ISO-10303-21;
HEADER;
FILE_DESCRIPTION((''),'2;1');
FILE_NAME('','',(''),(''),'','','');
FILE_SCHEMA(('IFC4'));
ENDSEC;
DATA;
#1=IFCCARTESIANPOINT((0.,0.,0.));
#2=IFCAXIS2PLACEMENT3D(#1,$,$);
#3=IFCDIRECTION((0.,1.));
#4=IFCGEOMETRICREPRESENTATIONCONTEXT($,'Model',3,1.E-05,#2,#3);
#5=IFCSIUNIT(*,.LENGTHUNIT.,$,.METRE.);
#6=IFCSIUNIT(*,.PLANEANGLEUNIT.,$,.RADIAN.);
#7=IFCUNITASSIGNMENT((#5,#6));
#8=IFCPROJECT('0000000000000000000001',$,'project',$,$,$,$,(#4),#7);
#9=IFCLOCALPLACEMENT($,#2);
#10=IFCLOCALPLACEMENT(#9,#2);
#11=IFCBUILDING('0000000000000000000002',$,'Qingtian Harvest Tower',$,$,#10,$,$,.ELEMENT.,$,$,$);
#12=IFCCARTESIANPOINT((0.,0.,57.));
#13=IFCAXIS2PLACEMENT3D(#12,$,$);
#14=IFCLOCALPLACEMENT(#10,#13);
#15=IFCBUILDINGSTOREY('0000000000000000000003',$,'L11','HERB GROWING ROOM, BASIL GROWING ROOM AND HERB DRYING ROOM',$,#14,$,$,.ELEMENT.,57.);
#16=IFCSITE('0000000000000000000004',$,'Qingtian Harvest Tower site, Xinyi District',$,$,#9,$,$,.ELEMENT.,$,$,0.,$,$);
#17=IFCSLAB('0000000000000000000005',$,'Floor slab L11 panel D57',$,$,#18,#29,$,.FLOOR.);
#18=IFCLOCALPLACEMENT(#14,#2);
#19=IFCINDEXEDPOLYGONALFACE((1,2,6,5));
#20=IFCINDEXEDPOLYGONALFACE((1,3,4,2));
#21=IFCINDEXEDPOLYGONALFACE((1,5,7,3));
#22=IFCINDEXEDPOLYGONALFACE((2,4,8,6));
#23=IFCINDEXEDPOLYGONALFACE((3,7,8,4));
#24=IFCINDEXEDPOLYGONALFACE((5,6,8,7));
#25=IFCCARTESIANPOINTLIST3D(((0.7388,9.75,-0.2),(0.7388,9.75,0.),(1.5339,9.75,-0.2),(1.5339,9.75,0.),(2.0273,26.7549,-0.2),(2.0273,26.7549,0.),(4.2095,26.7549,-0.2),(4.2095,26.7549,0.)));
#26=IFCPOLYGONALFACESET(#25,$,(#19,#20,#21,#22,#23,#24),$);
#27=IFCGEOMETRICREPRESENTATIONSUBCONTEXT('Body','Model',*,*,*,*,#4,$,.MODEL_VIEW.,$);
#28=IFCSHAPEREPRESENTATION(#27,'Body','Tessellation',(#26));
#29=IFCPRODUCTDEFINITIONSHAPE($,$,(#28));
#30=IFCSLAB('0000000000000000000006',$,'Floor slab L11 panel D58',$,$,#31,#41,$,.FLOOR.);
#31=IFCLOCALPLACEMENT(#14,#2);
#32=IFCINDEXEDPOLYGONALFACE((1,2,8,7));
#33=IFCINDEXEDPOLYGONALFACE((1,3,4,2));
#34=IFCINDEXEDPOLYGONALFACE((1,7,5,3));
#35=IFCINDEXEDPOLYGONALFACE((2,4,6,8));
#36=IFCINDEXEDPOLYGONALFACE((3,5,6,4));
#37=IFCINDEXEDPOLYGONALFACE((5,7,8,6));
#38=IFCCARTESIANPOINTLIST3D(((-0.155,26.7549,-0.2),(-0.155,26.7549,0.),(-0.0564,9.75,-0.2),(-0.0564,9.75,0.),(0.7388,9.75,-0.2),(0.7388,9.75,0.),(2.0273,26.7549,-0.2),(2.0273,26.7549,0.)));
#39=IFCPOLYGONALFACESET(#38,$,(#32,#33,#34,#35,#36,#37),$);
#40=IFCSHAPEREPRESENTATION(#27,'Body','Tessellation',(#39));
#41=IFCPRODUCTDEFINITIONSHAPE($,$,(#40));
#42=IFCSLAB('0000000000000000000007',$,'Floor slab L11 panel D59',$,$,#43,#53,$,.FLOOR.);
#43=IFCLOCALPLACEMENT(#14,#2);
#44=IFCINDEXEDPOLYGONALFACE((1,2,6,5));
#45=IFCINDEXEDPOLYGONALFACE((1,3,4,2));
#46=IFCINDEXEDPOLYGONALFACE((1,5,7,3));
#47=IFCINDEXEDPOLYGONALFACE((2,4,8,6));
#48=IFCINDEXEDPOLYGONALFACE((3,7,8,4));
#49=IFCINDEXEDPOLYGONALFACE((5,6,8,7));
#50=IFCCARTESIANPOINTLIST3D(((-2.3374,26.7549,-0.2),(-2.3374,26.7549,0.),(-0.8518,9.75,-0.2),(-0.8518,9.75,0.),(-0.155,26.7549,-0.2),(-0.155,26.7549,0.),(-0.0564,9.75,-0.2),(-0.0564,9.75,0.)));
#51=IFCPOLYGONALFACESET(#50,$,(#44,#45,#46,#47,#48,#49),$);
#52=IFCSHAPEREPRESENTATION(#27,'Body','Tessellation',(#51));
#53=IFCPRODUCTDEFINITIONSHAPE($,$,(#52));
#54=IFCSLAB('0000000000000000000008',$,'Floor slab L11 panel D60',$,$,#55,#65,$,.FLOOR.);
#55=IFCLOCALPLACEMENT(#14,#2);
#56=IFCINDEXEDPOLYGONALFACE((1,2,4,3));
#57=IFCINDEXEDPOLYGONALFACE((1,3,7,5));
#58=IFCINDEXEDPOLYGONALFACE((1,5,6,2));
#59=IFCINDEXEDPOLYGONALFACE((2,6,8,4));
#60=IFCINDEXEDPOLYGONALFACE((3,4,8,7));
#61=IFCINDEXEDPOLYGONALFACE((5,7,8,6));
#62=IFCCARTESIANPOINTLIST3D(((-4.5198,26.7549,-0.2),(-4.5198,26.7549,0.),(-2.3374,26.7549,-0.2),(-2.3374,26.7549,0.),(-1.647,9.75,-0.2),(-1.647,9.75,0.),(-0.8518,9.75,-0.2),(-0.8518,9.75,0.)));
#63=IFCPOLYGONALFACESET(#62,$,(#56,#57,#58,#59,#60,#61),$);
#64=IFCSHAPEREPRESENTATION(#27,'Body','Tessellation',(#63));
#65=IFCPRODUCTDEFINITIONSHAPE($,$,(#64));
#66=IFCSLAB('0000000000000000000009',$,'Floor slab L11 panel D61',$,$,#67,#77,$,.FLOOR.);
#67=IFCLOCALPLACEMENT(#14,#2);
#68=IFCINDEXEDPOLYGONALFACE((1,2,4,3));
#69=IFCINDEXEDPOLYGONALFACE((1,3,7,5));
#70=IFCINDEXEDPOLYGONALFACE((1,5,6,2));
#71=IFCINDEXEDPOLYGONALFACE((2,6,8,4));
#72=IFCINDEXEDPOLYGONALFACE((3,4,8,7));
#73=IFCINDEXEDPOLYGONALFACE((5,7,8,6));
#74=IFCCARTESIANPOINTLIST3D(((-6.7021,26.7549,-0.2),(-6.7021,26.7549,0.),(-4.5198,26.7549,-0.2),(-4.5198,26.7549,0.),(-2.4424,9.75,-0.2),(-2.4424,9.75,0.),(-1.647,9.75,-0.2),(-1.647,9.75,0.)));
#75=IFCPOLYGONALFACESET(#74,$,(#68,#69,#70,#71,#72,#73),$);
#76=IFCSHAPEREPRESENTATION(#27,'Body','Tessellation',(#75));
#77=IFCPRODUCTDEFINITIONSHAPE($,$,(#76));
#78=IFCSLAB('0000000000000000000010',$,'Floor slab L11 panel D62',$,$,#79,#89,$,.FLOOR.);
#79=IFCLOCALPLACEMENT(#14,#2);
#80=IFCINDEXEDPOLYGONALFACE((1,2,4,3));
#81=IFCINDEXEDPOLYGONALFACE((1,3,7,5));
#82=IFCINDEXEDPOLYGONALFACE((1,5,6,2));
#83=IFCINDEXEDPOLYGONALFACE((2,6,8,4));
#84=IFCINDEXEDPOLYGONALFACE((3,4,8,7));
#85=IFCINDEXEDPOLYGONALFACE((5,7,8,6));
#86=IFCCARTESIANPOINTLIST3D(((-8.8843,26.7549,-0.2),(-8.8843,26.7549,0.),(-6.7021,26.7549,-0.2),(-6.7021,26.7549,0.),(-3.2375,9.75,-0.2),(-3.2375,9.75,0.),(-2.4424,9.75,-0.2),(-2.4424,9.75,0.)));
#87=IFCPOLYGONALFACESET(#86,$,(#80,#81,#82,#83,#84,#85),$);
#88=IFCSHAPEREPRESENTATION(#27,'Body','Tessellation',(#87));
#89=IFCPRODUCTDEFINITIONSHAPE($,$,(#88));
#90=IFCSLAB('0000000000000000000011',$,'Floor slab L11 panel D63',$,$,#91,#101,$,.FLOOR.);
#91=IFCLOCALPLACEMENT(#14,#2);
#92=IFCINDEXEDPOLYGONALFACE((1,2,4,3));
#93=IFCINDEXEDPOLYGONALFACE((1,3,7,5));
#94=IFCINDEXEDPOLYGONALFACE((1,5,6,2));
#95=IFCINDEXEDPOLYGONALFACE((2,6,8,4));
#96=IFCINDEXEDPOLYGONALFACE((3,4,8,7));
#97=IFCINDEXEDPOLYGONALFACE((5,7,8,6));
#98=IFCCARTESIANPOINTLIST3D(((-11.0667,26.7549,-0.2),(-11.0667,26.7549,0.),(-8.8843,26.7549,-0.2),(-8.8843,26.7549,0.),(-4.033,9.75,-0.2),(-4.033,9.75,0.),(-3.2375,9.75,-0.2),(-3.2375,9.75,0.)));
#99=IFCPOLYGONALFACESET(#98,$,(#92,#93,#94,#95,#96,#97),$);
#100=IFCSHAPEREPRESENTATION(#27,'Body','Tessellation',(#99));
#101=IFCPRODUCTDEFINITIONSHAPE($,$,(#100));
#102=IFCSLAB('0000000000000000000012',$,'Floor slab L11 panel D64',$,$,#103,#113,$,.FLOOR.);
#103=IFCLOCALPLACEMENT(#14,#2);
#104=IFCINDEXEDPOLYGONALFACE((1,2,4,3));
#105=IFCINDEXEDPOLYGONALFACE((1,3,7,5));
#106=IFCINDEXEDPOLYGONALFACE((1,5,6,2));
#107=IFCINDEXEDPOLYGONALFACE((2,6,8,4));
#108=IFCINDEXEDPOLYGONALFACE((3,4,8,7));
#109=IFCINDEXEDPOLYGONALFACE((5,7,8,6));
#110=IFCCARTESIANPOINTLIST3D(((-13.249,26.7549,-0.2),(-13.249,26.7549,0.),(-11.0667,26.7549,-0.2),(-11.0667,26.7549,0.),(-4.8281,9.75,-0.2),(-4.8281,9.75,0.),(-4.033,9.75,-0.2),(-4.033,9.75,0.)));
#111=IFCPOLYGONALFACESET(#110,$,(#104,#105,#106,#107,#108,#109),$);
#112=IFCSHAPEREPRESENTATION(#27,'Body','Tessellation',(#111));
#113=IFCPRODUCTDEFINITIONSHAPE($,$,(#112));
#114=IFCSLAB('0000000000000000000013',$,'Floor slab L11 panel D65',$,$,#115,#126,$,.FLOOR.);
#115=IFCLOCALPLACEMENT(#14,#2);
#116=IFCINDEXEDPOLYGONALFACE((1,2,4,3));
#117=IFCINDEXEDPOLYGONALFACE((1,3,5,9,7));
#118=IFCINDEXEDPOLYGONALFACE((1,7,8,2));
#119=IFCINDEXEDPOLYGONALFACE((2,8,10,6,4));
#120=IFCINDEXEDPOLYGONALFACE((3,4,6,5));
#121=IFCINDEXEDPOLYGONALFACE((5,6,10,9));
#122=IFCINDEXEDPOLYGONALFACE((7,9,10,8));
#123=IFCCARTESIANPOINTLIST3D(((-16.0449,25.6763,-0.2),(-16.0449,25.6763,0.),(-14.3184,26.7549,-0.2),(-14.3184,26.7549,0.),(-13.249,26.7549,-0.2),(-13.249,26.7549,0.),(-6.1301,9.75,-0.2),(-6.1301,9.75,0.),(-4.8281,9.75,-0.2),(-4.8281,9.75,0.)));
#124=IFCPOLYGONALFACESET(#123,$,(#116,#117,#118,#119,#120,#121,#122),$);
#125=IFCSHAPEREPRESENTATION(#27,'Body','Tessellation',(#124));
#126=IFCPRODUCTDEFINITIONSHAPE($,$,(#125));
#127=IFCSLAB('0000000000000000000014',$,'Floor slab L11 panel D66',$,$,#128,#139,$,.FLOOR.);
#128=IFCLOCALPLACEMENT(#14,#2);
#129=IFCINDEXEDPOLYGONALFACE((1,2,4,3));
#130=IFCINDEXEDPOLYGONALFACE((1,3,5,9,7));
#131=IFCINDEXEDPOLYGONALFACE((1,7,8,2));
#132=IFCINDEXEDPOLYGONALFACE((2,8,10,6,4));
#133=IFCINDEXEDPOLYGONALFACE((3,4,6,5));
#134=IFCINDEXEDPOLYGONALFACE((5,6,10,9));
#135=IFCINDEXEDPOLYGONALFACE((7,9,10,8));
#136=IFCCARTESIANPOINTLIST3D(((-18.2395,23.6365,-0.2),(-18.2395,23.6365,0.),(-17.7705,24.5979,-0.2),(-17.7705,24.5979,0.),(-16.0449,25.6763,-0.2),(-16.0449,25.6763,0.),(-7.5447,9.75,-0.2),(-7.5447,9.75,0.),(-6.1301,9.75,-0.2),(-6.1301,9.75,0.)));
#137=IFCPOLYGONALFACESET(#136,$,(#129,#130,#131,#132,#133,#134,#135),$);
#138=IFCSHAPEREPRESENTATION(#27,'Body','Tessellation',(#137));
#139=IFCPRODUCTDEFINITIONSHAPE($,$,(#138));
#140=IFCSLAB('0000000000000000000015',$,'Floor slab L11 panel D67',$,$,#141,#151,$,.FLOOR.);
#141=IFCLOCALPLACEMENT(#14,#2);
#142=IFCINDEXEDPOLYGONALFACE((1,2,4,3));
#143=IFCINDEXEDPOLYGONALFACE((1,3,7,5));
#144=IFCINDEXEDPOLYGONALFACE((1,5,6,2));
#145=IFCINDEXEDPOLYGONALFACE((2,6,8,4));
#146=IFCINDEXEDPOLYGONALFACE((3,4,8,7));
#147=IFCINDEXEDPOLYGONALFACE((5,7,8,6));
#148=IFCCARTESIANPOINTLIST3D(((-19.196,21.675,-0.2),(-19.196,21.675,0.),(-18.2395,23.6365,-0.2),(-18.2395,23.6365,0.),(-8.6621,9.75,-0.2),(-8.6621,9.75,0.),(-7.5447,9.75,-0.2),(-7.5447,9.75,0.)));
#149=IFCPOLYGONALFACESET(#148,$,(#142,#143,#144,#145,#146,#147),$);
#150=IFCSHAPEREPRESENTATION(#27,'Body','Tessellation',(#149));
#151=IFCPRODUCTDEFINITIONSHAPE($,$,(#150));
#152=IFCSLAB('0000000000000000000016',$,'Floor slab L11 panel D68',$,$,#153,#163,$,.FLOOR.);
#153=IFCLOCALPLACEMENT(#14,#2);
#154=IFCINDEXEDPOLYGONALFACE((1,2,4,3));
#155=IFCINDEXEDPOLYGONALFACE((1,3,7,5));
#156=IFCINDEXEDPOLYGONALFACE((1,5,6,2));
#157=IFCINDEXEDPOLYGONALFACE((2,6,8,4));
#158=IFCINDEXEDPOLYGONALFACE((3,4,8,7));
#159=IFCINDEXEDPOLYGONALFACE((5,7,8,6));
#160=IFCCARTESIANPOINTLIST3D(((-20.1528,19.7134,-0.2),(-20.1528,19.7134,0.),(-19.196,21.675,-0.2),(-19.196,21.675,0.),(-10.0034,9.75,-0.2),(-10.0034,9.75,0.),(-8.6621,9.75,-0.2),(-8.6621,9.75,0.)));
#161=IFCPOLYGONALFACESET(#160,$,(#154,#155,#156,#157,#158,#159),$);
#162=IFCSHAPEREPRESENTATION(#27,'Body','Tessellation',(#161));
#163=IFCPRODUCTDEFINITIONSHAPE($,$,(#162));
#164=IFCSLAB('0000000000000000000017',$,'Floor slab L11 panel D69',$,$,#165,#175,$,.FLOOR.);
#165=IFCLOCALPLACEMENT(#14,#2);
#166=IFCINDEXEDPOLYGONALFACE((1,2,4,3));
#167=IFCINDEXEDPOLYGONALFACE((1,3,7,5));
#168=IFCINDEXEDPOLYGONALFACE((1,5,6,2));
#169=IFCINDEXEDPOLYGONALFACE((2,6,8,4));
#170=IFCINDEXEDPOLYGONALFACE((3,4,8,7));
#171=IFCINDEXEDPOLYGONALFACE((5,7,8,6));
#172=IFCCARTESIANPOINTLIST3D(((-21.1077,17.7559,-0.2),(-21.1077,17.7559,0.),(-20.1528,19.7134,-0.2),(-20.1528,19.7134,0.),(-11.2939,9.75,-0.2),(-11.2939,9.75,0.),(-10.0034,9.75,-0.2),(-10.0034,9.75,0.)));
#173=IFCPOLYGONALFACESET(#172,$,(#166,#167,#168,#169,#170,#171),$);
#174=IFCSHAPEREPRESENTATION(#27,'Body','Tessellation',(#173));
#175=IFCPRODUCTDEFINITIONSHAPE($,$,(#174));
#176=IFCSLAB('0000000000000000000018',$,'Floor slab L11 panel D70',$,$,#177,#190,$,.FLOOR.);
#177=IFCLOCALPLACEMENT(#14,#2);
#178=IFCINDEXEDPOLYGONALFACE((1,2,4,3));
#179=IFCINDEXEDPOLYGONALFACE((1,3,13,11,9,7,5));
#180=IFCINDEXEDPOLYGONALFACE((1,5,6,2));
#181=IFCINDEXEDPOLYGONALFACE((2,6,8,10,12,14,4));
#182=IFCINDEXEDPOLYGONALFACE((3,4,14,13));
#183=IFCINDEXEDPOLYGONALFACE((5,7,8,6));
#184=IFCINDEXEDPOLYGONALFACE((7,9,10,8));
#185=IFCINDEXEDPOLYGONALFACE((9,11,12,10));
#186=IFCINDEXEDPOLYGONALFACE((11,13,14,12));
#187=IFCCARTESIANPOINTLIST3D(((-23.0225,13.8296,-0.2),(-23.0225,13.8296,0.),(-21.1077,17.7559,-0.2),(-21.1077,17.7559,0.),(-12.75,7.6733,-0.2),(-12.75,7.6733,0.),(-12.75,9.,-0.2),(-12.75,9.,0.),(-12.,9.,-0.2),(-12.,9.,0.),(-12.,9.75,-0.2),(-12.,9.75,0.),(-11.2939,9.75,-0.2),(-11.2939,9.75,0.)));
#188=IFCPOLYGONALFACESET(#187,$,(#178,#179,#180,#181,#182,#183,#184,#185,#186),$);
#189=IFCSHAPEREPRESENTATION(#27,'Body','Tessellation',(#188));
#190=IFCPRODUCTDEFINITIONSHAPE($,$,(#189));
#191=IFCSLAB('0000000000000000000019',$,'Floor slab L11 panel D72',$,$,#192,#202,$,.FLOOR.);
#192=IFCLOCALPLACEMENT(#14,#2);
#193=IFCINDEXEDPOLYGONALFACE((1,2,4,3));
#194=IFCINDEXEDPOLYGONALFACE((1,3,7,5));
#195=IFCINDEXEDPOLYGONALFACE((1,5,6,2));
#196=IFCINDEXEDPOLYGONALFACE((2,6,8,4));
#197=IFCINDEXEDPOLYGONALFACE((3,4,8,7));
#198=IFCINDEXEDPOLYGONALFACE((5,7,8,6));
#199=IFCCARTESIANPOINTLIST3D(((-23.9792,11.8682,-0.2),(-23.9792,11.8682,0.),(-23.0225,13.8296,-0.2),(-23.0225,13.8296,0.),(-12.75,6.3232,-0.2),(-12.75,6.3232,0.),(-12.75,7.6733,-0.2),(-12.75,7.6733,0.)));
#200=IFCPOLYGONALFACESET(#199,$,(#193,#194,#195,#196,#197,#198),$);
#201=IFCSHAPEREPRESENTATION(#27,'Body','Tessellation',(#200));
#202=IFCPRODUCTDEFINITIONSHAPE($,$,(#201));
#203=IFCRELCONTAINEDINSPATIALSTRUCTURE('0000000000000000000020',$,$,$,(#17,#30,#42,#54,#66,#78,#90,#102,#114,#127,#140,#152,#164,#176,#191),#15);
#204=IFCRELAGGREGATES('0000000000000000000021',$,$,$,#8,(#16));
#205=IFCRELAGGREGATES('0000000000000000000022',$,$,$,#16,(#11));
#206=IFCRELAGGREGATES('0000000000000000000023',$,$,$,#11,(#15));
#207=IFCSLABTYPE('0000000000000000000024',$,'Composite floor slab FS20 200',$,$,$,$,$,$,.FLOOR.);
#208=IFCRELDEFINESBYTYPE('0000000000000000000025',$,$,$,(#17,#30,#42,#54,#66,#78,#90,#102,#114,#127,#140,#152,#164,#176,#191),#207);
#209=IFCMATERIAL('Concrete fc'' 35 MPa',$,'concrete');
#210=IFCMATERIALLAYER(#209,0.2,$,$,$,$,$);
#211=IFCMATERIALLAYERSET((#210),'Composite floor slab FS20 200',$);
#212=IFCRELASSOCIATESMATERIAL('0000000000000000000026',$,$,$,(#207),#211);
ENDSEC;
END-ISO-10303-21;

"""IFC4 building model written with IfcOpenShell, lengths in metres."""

from ifc_helpers import new_model, si_unit, direction, frame, origin, place, context, subcontext, project, spatial, polyline, outline, extrude, material, layer, layer_set, type_object, element, save


model = new_model("IFC4")

# Units and contexts
model_context = context("Model", 3, precision=1e-05, world=origin(), true_north=direction((0.0, 1.0)))
body_context = subcontext(model_context, "Body", "Model", "MODEL_VIEW")
ifc_project = project(units=[si_unit("LENGTHUNIT", "METRE"), si_unit("PLANEANGLEUNIT", "RADIAN")], contexts=[model_context])

# Site, building, storey
site_placement = place(None, origin())
site = spatial("IfcSite", under=ifc_project, at=site_placement, Name="Qingtian Harvest Tower site, Xinyi District", CompositionType="ELEMENT", RefElevation=0.0)
building_placement = place(site_placement, origin())
building = spatial("IfcBuilding", under=site, at=building_placement, Name="Qingtian Harvest Tower", CompositionType="ELEMENT")
storey_placement = place(building_placement, frame((0.0, 0.0, 57.0)))
storey = spatial("IfcBuildingStorey", under=building, at=storey_placement, Name="L11", Description="HERB GROWING ROOM, BASIL GROWING ROOM AND HERB DRYING ROOM", CompositionType="ELEMENT", Elevation=57.0)

# Slabs
ifc_material_1 = material(Name="Concrete fc' 35 MPa", Category="concrete")
ifc_layer_1 = layer(ifc_material_1, 0.2)
ifc_layer_set_1 = layer_set([ifc_layer_1], Name="Composite floor slab FS20 200")
slab_type = type_object("IfcSlabType", Name="Composite floor slab FS20 200", PredefinedType="FLOOR", material=ifc_layer_set_1)
slab_1_placement = place(storey_placement, frame((0.0, 0.0, -0.2)))
element("IfcSlab", 1, at=slab_1_placement, inside=storey, type_object=slab_type, Name="Floor slab L11 panel D57", PredefinedType="FLOOR", context=body_context, shape_type="SweptSolid", body=[
    extrude(outline(polyline([(0.7388, 9.75), (2.0273, 26.7549), (4.2095, 26.7549), (1.5339, 9.75), (0.7388, 9.75)])), origin(), (0.0, 0.0, 1.0), 0.2),
])
slab_2_placement = place(storey_placement, frame((0.0, 0.0, -0.2)))
element("IfcSlab", 2, at=slab_2_placement, inside=storey, type_object=slab_type, Name="Floor slab L11 panel D58", PredefinedType="FLOOR", context=body_context, shape_type="SweptSolid", body=[
    extrude(outline(polyline([(-0.0564, 9.75), (-0.155, 26.7549), (2.0273, 26.7549), (0.7388, 9.75), (-0.0564, 9.75)])), origin(), (0.0, 0.0, 1.0), 0.2),
])
slab_3_placement = place(storey_placement, frame((0.0, 0.0, -0.2)))
element("IfcSlab", 3, at=slab_3_placement, inside=storey, type_object=slab_type, Name="Floor slab L11 panel D59", PredefinedType="FLOOR", context=body_context, shape_type="SweptSolid", body=[
    extrude(outline(polyline([(-0.8518, 9.75), (-2.3374, 26.7549), (-0.155, 26.7549), (-0.0564, 9.75), (-0.8518, 9.75)])), origin(), (0.0, 0.0, 1.0), 0.2),
])
slab_4_placement = place(storey_placement, frame((0.0, 0.0, -0.2)))
element("IfcSlab", 4, at=slab_4_placement, inside=storey, type_object=slab_type, Name="Floor slab L11 panel D60", PredefinedType="FLOOR", context=body_context, shape_type="SweptSolid", body=[
    extrude(outline(polyline([(-1.647, 9.75), (-4.5198, 26.7549), (-2.3374, 26.7549), (-0.8518, 9.75), (-1.647, 9.75)])), origin(), (0.0, 0.0, 1.0), 0.2),
])
slab_5_placement = place(storey_placement, frame((0.0, 0.0, -0.2)))
element("IfcSlab", 5, at=slab_5_placement, inside=storey, type_object=slab_type, Name="Floor slab L11 panel D61", PredefinedType="FLOOR", context=body_context, shape_type="SweptSolid", body=[
    extrude(outline(polyline([(-2.4424, 9.75), (-6.7021, 26.7549), (-4.5198, 26.7549), (-1.647, 9.75), (-2.4424, 9.75)])), origin(), (0.0, 0.0, 1.0), 0.2),
])
slab_6_placement = place(storey_placement, frame((0.0, 0.0, -0.2)))
element("IfcSlab", 6, at=slab_6_placement, inside=storey, type_object=slab_type, Name="Floor slab L11 panel D62", PredefinedType="FLOOR", context=body_context, shape_type="SweptSolid", body=[
    extrude(outline(polyline([(-3.2375, 9.75), (-8.8843, 26.7549), (-6.7021, 26.7549), (-2.4424, 9.75), (-3.2375, 9.75)])), origin(), (0.0, 0.0, 1.0), 0.2),
])
slab_7_placement = place(storey_placement, frame((0.0, 0.0, -0.2)))
element("IfcSlab", 7, at=slab_7_placement, inside=storey, type_object=slab_type, Name="Floor slab L11 panel D63", PredefinedType="FLOOR", context=body_context, shape_type="SweptSolid", body=[
    extrude(outline(polyline([(-4.033, 9.75), (-11.0667, 26.7549), (-8.8843, 26.7549), (-3.2375, 9.75), (-4.033, 9.75)])), origin(), (0.0, 0.0, 1.0), 0.2),
])
slab_8_placement = place(storey_placement, frame((0.0, 0.0, -0.2)))
element("IfcSlab", 8, at=slab_8_placement, inside=storey, type_object=slab_type, Name="Floor slab L11 panel D64", PredefinedType="FLOOR", context=body_context, shape_type="SweptSolid", body=[
    extrude(outline(polyline([(-4.8281, 9.75), (-13.249, 26.7549), (-11.0667, 26.7549), (-4.033, 9.75), (-4.8281, 9.75)])), origin(), (0.0, 0.0, 1.0), 0.2),
])
slab_9_placement = place(storey_placement, frame((0.0, 0.0, -0.2)))
element("IfcSlab", 9, at=slab_9_placement, inside=storey, type_object=slab_type, Name="Floor slab L11 panel D65", PredefinedType="FLOOR", context=body_context, shape_type="SweptSolid", body=[
    extrude(outline(polyline([(-4.8281, 9.75), (-6.1301, 9.75), (-16.0449, 25.6763), (-14.3184, 26.7549), (-13.249, 26.7549), (-4.8281, 9.75)])), origin(), (0.0, 0.0, 1.0), 0.2),
])
slab_10_placement = place(storey_placement, frame((0.0, 0.0, -0.2)))
element("IfcSlab", 10, at=slab_10_placement, inside=storey, type_object=slab_type, Name="Floor slab L11 panel D66", PredefinedType="FLOOR", context=body_context, shape_type="SweptSolid", body=[
    extrude(outline(polyline([(-6.1301, 9.75), (-7.5447, 9.75), (-18.2395, 23.6365), (-17.7705, 24.5979), (-16.0449, 25.6763), (-6.1301, 9.75)])), origin(), (0.0, 0.0, 1.0), 0.2),
])
slab_11_placement = place(storey_placement, frame((0.0, 0.0, -0.2)))
element("IfcSlab", 11, at=slab_11_placement, inside=storey, type_object=slab_type, Name="Floor slab L11 panel D67", PredefinedType="FLOOR", context=body_context, shape_type="SweptSolid", body=[
    extrude(outline(polyline([(-8.6621, 9.75), (-19.196, 21.675), (-18.2395, 23.6365), (-7.5447, 9.75), (-8.6621, 9.75)])), origin(), (0.0, 0.0, 1.0), 0.2),
])
slab_12_placement = place(storey_placement, frame((0.0, 0.0, -0.2)))
element("IfcSlab", 12, at=slab_12_placement, inside=storey, type_object=slab_type, Name="Floor slab L11 panel D68", PredefinedType="FLOOR", context=body_context, shape_type="SweptSolid", body=[
    extrude(outline(polyline([(-10.0034, 9.75), (-20.1528, 19.7134), (-19.196, 21.675), (-8.6621, 9.75), (-10.0034, 9.75)])), origin(), (0.0, 0.0, 1.0), 0.2),
])
slab_13_placement = place(storey_placement, frame((0.0, 0.0, -0.2)))
element("IfcSlab", 13, at=slab_13_placement, inside=storey, type_object=slab_type, Name="Floor slab L11 panel D69", PredefinedType="FLOOR", context=body_context, shape_type="SweptSolid", body=[
    extrude(outline(polyline([(-11.2939, 9.75), (-21.1077, 17.7559), (-20.1528, 19.7134), (-10.0034, 9.75), (-11.2939, 9.75)])), origin(), (0.0, 0.0, 1.0), 0.2),
])
slab_14_placement = place(storey_placement, frame((0.0, 0.0, -0.2)))
element("IfcSlab", 14, at=slab_14_placement, inside=storey, type_object=slab_type, Name="Floor slab L11 panel D70", PredefinedType="FLOOR", context=body_context, shape_type="SweptSolid", body=[
    extrude(outline(polyline([(-12.0, 9.0), (-12.75, 9.0), (-12.75, 7.6733), (-23.0225, 13.8296), (-21.1077, 17.7559), (-11.2939, 9.75), (-12.0, 9.75), (-12.0, 9.0)])), origin(), (0.0, 0.0, 1.0), 0.2),
])
slab_15_placement = place(storey_placement, frame((0.0, 0.0, -0.2)))
element("IfcSlab", 15, at=slab_15_placement, inside=storey, type_object=slab_type, Name="Floor slab L11 panel D72", PredefinedType="FLOOR", context=body_context, shape_type="SweptSolid", body=[
    extrude(outline(polyline([(-12.75, 6.3232), (-23.9792, 11.8682), (-23.0225, 13.8296), (-12.75, 7.6733), (-12.75, 6.3232)])), origin(), (0.0, 0.0, 1.0), 0.2),
])

save(model, "model.ifc")
